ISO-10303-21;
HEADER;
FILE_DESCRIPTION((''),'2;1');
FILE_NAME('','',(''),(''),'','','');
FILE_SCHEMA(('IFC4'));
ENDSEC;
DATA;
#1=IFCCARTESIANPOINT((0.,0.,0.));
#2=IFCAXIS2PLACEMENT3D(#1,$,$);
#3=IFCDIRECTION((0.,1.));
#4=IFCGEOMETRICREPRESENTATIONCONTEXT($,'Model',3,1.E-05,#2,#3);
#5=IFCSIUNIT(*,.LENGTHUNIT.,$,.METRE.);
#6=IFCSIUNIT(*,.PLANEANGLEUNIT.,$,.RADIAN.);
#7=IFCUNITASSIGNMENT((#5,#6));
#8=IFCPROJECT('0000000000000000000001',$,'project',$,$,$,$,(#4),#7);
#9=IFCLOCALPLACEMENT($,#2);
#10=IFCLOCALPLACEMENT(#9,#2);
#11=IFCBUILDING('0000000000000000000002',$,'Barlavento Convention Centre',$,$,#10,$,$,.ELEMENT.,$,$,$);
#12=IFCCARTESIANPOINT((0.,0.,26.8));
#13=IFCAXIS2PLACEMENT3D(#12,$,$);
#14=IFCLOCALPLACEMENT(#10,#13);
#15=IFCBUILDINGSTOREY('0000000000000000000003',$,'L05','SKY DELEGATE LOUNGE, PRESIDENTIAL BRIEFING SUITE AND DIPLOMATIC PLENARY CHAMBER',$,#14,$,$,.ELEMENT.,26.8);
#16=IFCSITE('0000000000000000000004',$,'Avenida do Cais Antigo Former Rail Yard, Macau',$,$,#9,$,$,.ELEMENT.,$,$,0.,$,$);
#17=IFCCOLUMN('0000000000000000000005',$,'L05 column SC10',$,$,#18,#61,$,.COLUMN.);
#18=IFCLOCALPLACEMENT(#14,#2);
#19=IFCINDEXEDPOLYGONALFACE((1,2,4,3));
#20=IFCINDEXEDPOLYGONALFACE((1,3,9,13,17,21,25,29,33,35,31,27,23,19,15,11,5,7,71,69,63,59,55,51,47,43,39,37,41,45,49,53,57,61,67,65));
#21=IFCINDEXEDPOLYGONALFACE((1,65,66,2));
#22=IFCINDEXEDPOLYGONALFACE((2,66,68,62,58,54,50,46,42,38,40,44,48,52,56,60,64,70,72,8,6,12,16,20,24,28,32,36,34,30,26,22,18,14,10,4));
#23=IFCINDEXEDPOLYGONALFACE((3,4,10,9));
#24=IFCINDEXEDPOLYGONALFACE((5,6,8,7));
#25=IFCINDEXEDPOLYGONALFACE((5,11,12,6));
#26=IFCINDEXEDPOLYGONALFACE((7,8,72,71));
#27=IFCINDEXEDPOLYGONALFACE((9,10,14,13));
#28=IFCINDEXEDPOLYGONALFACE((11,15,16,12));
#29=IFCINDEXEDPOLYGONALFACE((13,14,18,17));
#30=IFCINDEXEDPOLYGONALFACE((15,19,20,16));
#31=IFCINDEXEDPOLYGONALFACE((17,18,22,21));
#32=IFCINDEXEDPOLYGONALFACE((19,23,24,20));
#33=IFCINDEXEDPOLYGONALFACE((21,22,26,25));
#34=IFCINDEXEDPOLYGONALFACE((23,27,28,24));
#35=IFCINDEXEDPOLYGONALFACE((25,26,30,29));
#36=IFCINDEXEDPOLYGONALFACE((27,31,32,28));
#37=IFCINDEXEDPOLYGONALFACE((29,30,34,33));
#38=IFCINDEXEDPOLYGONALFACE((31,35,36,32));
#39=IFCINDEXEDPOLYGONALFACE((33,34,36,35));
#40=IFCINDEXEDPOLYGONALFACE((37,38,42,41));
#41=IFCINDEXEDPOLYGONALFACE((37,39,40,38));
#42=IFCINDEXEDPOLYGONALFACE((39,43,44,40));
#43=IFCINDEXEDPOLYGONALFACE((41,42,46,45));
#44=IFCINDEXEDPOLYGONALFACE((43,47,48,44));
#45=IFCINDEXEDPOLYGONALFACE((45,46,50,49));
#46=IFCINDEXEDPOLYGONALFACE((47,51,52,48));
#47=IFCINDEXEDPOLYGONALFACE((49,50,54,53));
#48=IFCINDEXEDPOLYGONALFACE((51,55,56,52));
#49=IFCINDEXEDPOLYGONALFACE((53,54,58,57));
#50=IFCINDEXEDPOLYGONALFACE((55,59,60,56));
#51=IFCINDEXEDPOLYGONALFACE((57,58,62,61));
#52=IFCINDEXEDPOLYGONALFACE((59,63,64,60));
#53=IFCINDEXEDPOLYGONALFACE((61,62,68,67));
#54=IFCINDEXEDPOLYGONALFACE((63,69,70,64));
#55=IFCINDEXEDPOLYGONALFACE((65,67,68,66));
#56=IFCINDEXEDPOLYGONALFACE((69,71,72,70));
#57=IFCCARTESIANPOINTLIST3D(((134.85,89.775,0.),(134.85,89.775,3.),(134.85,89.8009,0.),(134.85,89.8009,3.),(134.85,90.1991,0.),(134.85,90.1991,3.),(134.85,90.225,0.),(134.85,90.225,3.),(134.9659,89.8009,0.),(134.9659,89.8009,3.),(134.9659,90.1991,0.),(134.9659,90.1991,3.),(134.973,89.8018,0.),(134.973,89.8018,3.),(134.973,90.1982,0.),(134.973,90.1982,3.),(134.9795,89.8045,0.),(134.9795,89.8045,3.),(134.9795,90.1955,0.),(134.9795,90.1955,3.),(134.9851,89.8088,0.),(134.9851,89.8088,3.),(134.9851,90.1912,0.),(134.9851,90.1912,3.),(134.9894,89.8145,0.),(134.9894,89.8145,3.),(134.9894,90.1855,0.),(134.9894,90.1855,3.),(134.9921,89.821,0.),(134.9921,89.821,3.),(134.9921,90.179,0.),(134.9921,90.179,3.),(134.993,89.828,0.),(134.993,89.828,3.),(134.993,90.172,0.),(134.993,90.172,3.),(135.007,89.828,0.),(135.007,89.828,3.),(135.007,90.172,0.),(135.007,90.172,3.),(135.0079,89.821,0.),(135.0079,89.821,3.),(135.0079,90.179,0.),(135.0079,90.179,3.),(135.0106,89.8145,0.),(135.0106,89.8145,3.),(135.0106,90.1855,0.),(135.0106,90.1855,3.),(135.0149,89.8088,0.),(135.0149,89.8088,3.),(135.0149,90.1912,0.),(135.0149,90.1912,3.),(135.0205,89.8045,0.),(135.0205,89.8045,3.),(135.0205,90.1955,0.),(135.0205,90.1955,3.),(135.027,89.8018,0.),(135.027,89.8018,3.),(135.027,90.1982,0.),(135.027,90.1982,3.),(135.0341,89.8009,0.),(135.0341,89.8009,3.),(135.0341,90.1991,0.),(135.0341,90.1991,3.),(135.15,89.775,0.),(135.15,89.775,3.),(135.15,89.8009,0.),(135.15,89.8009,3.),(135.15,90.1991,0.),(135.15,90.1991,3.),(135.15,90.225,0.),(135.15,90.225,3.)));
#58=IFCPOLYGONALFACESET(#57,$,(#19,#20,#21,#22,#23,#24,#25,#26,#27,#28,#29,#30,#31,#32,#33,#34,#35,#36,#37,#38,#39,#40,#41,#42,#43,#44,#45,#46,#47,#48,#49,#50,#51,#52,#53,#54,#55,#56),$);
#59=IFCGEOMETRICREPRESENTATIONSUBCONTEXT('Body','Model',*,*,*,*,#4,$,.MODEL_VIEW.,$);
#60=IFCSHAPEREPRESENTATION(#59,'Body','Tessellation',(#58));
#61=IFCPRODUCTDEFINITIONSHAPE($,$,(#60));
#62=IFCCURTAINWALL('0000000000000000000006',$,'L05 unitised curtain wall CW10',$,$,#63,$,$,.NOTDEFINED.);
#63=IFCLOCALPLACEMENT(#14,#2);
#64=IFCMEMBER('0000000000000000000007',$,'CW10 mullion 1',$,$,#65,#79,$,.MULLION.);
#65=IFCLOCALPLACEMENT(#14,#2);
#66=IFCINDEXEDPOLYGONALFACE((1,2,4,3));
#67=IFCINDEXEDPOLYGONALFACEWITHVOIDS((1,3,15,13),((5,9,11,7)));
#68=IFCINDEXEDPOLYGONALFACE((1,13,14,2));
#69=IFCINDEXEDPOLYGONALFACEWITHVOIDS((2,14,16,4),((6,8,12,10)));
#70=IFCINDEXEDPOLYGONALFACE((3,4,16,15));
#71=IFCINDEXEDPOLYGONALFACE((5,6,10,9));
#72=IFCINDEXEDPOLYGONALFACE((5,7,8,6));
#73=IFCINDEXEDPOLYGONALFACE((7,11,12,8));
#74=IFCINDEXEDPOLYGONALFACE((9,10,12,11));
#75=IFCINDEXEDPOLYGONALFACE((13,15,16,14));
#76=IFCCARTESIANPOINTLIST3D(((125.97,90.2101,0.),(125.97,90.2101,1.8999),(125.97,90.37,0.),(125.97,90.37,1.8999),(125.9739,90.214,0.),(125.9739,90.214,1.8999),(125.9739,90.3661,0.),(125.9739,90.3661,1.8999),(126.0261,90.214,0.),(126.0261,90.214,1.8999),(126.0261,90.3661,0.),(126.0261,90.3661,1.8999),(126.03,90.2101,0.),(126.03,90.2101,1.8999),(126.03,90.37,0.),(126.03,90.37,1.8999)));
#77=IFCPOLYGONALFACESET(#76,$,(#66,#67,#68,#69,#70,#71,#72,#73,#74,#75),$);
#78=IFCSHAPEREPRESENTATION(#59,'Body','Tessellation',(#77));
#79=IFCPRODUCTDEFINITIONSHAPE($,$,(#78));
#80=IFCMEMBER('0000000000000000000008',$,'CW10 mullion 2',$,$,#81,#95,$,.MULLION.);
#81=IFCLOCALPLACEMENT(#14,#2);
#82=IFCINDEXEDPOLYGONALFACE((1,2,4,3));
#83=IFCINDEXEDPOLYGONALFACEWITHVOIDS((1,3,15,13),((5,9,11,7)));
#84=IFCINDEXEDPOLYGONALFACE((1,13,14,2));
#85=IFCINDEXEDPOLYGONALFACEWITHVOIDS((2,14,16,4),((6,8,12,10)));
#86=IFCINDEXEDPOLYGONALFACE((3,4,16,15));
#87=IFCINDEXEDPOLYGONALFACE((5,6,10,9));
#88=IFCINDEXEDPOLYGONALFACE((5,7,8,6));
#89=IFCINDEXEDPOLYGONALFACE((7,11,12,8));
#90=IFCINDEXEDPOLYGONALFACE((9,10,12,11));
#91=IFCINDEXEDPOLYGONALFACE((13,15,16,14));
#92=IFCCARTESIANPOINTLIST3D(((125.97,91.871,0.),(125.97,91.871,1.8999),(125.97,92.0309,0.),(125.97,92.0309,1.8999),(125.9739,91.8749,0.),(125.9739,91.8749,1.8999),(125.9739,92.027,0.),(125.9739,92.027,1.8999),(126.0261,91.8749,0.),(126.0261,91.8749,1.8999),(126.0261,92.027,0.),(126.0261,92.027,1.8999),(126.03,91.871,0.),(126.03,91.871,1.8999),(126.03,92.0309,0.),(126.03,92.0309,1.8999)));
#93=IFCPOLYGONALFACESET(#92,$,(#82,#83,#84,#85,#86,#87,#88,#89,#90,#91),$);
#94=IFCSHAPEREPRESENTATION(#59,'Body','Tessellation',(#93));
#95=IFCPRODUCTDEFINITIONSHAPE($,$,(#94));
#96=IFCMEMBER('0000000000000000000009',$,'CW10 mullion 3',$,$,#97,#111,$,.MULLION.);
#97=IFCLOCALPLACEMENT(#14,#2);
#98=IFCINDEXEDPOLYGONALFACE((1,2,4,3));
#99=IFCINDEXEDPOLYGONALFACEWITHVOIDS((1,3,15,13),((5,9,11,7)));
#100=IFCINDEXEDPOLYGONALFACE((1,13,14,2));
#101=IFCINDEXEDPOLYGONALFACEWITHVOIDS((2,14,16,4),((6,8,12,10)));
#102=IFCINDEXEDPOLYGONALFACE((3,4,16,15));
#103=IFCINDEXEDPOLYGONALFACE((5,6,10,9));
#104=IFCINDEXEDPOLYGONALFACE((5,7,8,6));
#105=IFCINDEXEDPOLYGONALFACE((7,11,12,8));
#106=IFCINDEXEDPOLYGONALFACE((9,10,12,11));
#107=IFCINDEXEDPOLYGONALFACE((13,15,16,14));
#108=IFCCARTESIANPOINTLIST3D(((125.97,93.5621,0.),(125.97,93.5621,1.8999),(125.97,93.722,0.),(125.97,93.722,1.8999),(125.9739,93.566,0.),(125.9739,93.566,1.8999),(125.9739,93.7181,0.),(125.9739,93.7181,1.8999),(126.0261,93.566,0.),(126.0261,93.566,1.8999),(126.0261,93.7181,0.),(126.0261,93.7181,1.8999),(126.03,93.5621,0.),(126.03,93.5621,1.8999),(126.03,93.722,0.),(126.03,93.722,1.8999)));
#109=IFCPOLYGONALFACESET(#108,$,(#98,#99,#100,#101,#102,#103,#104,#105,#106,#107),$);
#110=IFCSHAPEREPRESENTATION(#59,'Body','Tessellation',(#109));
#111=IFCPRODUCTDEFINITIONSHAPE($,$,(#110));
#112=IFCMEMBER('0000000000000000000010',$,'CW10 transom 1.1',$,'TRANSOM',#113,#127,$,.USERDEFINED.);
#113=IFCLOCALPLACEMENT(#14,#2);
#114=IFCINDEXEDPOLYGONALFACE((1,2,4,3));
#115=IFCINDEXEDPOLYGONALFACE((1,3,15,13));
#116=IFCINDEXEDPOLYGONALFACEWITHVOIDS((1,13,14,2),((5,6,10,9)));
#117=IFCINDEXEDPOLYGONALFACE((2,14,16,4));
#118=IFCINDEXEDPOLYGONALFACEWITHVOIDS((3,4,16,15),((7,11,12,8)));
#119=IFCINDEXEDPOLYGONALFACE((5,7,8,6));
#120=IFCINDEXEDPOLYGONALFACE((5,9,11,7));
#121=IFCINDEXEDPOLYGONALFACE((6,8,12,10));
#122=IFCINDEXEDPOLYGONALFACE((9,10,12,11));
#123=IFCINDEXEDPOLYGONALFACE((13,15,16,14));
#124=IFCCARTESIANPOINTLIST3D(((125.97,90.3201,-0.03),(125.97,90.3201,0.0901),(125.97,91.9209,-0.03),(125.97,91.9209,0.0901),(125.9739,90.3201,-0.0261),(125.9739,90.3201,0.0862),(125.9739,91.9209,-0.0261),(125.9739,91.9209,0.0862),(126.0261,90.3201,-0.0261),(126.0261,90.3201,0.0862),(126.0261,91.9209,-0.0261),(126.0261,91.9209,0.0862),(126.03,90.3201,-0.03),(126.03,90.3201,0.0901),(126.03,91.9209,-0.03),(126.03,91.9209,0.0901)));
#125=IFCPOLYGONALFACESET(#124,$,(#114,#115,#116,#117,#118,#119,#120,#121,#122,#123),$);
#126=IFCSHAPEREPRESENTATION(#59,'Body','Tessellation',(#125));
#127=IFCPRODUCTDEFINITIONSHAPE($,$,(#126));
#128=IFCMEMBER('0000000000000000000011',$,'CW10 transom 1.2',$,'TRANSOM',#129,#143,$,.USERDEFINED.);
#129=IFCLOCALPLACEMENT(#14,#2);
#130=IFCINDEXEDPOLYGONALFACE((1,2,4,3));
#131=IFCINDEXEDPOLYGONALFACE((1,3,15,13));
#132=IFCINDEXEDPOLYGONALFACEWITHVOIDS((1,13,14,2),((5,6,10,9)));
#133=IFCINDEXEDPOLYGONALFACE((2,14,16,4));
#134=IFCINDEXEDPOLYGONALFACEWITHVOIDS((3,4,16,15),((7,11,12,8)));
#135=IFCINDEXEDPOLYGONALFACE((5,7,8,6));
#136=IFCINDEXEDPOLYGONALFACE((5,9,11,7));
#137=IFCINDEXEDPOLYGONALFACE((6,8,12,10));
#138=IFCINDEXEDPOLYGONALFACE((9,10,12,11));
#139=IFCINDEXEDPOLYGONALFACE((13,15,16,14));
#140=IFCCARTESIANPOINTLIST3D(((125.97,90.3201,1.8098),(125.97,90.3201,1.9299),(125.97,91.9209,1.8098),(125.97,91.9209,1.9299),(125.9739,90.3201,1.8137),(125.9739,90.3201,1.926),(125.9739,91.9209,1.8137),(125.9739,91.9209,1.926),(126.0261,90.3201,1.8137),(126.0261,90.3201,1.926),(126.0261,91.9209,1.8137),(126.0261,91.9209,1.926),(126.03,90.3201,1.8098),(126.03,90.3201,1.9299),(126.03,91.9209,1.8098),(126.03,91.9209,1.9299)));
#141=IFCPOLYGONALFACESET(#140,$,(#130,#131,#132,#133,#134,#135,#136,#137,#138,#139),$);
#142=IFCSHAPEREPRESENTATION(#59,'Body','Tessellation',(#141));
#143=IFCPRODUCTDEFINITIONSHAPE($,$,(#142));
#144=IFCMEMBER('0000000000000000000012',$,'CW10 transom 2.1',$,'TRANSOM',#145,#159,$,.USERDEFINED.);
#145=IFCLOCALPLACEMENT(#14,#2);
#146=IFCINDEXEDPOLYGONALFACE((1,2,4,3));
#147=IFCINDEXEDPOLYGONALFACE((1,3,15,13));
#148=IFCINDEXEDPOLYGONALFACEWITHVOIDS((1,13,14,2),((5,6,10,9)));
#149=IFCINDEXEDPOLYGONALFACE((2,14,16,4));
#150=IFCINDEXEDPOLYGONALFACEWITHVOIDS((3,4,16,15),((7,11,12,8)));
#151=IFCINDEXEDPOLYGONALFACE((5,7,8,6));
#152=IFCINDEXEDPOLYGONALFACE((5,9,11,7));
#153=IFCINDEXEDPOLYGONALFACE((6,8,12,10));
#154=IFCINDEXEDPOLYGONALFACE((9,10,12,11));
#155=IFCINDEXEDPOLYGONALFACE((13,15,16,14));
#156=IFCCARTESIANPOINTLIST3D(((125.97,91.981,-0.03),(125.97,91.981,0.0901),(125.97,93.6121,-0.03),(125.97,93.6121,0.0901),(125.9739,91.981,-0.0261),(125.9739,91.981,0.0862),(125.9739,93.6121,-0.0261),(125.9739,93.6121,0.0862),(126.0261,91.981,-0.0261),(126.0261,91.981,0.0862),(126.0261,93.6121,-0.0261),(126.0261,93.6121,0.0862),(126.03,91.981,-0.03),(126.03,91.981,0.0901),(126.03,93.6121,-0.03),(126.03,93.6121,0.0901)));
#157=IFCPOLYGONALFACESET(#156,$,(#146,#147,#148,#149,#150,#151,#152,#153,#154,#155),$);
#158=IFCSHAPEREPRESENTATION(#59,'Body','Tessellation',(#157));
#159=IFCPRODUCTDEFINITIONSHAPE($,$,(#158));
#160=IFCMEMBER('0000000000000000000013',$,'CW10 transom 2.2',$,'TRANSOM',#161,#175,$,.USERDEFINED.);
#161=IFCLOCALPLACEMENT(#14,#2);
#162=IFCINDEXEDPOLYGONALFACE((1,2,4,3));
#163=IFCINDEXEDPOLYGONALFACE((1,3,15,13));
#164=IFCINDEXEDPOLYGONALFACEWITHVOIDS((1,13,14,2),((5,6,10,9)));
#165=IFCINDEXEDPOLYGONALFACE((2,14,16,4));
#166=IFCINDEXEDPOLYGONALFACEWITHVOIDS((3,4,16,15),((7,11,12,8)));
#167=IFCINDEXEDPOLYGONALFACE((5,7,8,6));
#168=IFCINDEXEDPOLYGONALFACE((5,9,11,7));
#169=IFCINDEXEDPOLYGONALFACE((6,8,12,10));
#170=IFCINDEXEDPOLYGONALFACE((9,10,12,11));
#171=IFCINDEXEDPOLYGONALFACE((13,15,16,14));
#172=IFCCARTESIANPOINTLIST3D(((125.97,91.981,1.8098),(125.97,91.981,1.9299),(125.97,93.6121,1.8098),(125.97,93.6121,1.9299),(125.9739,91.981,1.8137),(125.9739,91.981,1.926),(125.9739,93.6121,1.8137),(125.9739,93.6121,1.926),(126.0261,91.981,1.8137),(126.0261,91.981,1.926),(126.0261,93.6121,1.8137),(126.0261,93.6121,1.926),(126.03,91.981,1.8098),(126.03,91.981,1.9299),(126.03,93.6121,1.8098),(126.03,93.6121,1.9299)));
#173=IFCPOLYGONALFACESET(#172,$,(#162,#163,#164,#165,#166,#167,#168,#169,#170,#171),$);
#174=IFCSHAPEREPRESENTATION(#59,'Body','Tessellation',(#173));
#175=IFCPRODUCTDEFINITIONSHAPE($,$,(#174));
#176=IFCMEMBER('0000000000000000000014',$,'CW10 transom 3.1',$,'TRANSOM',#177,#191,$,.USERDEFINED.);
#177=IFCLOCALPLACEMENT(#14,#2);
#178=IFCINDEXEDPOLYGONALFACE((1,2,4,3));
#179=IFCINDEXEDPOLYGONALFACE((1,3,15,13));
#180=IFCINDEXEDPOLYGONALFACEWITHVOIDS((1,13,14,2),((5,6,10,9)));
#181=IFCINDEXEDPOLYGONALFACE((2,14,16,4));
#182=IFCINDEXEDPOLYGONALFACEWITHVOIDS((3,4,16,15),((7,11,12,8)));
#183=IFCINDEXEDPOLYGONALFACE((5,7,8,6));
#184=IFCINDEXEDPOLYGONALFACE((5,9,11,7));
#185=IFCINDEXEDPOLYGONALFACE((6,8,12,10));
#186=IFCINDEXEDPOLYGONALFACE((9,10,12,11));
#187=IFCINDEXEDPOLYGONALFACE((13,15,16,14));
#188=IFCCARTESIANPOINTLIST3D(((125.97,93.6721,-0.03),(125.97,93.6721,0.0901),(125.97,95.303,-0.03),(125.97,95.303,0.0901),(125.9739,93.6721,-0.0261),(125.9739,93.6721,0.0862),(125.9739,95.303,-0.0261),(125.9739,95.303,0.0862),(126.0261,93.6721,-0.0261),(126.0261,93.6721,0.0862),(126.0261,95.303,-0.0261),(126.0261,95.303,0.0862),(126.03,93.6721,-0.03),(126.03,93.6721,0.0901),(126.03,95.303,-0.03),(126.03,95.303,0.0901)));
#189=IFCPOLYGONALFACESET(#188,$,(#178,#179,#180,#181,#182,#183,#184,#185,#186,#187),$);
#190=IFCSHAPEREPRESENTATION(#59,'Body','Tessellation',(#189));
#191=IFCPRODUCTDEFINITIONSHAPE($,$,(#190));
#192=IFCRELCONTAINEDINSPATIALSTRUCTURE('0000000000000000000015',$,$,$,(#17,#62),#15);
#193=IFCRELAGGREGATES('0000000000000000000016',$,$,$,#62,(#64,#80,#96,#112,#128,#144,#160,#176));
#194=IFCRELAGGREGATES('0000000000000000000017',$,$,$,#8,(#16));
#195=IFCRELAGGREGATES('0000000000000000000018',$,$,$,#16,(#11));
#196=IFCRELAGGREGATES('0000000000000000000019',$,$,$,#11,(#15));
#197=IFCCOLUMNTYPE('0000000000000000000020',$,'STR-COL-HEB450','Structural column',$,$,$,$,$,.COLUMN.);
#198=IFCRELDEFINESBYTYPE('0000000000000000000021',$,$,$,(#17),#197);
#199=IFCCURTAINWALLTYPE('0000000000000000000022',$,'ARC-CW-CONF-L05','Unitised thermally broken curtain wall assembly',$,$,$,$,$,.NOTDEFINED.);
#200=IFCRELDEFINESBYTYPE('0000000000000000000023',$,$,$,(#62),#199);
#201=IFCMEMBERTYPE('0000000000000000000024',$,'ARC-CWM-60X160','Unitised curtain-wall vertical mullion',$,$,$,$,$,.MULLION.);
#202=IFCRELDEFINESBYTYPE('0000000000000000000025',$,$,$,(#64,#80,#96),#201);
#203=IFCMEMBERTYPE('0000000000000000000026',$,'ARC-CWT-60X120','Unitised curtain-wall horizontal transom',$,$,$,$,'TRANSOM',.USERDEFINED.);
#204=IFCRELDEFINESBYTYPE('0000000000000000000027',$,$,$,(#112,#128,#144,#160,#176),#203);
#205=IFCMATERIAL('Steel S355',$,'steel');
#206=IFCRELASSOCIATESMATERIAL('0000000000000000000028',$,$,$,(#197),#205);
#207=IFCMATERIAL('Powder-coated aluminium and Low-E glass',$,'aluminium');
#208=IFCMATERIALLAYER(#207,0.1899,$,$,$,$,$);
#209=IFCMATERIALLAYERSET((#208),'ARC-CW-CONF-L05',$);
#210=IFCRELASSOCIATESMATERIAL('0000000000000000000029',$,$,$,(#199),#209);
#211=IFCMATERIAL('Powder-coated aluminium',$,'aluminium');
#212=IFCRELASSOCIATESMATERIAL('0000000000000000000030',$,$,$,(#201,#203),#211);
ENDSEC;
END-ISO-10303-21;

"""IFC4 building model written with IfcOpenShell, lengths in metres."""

from ifc_helpers import new_model, si_unit, direction, frame, origin, origin_2d, place, context, subcontext, project, spatial, hollow_rectangle, i_section, extrude, material, layer, layer_set, material_profile, profile_set, type_object, element, aggregate, save


model = new_model("IFC4")

# Units and contexts
model_context = context("Model", 3, precision=1e-05, world=origin(), true_north=direction((0.0, 1.0)))
body_context = subcontext(model_context, "Body", "Model", "MODEL_VIEW")
ifc_project = project(units=[si_unit("LENGTHUNIT", "METRE"), si_unit("PLANEANGLEUNIT", "RADIAN")], contexts=[model_context])

# Site, building, storey
site_placement = place(None, origin())
site = spatial("IfcSite", under=ifc_project, at=site_placement, Name="Avenida do Cais Antigo Former Rail Yard, Macau", CompositionType="ELEMENT", RefElevation=0.0)
building_placement = place(site_placement, origin())
building = spatial("IfcBuilding", under=site, at=building_placement, Name="Barlavento Convention Centre", CompositionType="ELEMENT")
storey_placement = place(building_placement, frame((0.0, 0.0, 26.8)))
storey = spatial("IfcBuildingStorey", under=building, at=storey_placement, Name="L05", Description="SKY DELEGATE LOUNGE, PRESIDENTIAL BRIEFING SUITE AND DIPLOMATIC PLENARY CHAMBER", CompositionType="ELEMENT", Elevation=26.8)

# Column
ifc_material_1 = material(Name="Steel S355", Category="steel")
ifc_material_profile_1 = material_profile(ifc_material_1, i_section(OverallWidth=0.3, OverallDepth=0.45, WebThickness=0.0139, FlangeThickness=0.0259, FilletRadius=0.0271, at=origin_2d()), Name="HEB 450")
ifc_profile_set_1 = profile_set([ifc_material_profile_1], Name="Steel S355")
column_type = type_object("IfcColumnType", Name="STR-COL-HEB450", Description="Structural column", PredefinedType="COLUMN", material=ifc_profile_set_1)
column_placement = place(storey_placement, frame((135.0, 90.0, 0.0), z_axis=(0.0, 0.0, 1.0), x_axis=(1.0, 0.0, 0.0)))
element("IfcColumn", 1, at=column_placement, inside=storey, type_object=column_type, Name="L05 column SC10", PredefinedType="COLUMN", context=body_context, shape_type="SweptSolid", body=[
    extrude(i_section(OverallWidth=0.3, OverallDepth=0.45, WebThickness=0.0139, FlangeThickness=0.0259, FilletRadius=0.0271, at=origin_2d()), origin(), (0.0, 0.0, 1.0), 3.0),
])

# Curtain wall, members
ifc_material_2 = material(Name="Powder-coated aluminium and Low-E glass", Category="aluminium")
ifc_layer_1 = layer(ifc_material_2, 0.1899)
ifc_layer_set_1 = layer_set([ifc_layer_1], Name="ARC-CW-CONF-L05")
curtain_wall_type = type_object("IfcCurtainWallType", Name="ARC-CW-CONF-L05", Description="Unitised thermally broken curtain wall assembly", PredefinedType="NOTDEFINED", material=ifc_layer_set_1)
curtain_wall_placement = place(storey_placement, origin())
curtain_wall = element("IfcCurtainWall", 2, at=curtain_wall_placement, inside=storey, type_object=curtain_wall_type, Name="L05 unitised curtain wall CW10", PredefinedType="NOTDEFINED")
ifc_material_3 = material(Name="Powder-coated aluminium", Category="aluminium")
ifc_material_profile_2 = material_profile(ifc_material_3, hollow_rectangle(XDim=0.0601, YDim=0.1599, WallThickness=0.0039, at=origin_2d()), Name="AL-MULL 60x160x4")
ifc_profile_set_2 = profile_set([ifc_material_profile_2], Name="Powder-coated aluminium")
member_type_1 = type_object("IfcMemberType", Name="ARC-CWM-60X160", Description="Unitised curtain-wall vertical mullion", PredefinedType="MULLION", material=ifc_profile_set_2)
member_1_placement = place(storey_placement, frame((126.0, 90.29, 0.0), z_axis=(0.0, 0.0, 1.0), x_axis=(-1.0, 0.0, 0.0)))
member_1 = element("IfcMember", 3, at=member_1_placement, type_object=member_type_1, Name="CW10 mullion 1", PredefinedType="MULLION", context=body_context, shape_type="SweptSolid", body=[
    extrude(hollow_rectangle(XDim=0.0601, YDim=0.1599, WallThickness=0.0039, at=origin_2d()), origin(), (0.0, 0.0, 1.0), 1.8999),
])
member_2_placement = place(storey_placement, frame((126.0, 91.9509, 0.0), z_axis=(0.0, 0.0, 1.0), x_axis=(-1.0, 0.0, 0.0)))
member_2 = element("IfcMember", 4, at=member_2_placement, type_object=member_type_1, Name="CW10 mullion 2", PredefinedType="MULLION", context=body_context, shape_type="SweptSolid", body=[
    extrude(hollow_rectangle(XDim=0.0601, YDim=0.1599, WallThickness=0.0039, at=origin_2d()), origin(), (0.0, 0.0, 1.0), 1.8999),
])
member_3_placement = place(storey_placement, frame((126.0, 93.6421, 0.0), z_axis=(0.0, 0.0, 1.0), x_axis=(-1.0, 0.0, 0.0)))
member_3 = element("IfcMember", 5, at=member_3_placement, type_object=member_type_1, Name="CW10 mullion 3", PredefinedType="MULLION", context=body_context, shape_type="SweptSolid", body=[
    extrude(hollow_rectangle(XDim=0.0601, YDim=0.1599, WallThickness=0.0039, at=origin_2d()), origin(), (0.0, 0.0, 1.0), 1.8999),
])
ifc_material_profile_3 = material_profile(ifc_material_3, hollow_rectangle(XDim=0.0601, YDim=0.1201, WallThickness=0.0039, at=origin_2d()), Name="AL-TRAN 60x120x4")
ifc_profile_set_3 = profile_set([ifc_material_profile_3], Name="Powder-coated aluminium")
member_type_2 = type_object("IfcMemberType", Name="ARC-CWT-60X120", Description="Unitised curtain-wall horizontal transom", ElementType="TRANSOM", PredefinedType="USERDEFINED", material=ifc_profile_set_3)
member_4_placement = place(storey_placement, frame((126.0, 90.3201, 0.03), z_axis=(0.0, 1.0, 0.0), x_axis=(-1.0, 0.0, 0.0)))
member_4 = element("IfcMember", 6, at=member_4_placement, type_object=member_type_2, Name="CW10 transom 1.1", ObjectType="TRANSOM", PredefinedType="USERDEFINED", context=body_context, shape_type="SweptSolid", body=[
    extrude(hollow_rectangle(XDim=0.0601, YDim=0.1201, WallThickness=0.0039, at=origin_2d()), origin(), (0.0, 0.0, 1.0), 1.6008),
])
member_5_placement = place(storey_placement, frame((126.0, 90.3201, 1.8699), z_axis=(0.0, 1.0, 0.0), x_axis=(-1.0, 0.0, 0.0)))
member_5 = element("IfcMember", 7, at=member_5_placement, type_object=member_type_2, Name="CW10 transom 1.2", ObjectType="TRANSOM", PredefinedType="USERDEFINED", context=body_context, shape_type="SweptSolid", body=[
    extrude(hollow_rectangle(XDim=0.0601, YDim=0.1201, WallThickness=0.0039, at=origin_2d()), origin(), (0.0, 0.0, 1.0), 1.6008),
])
member_6_placement = place(storey_placement, frame((126.0, 91.981, 0.03), z_axis=(0.0, 1.0, 0.0), x_axis=(-1.0, 0.0, 0.0)))
member_6 = element("IfcMember", 8, at=member_6_placement, type_object=member_type_2, Name="CW10 transom 2.1", ObjectType="TRANSOM", PredefinedType="USERDEFINED", context=body_context, shape_type="SweptSolid", body=[
    extrude(hollow_rectangle(XDim=0.0601, YDim=0.1201, WallThickness=0.0039, at=origin_2d()), origin(), (0.0, 0.0, 1.0), 1.6311),
])
member_7_placement = place(storey_placement, frame((126.0, 91.981, 1.8699), z_axis=(0.0, 1.0, 0.0), x_axis=(-1.0, 0.0, 0.0)))
member_7 = element("IfcMember", 9, at=member_7_placement, type_object=member_type_2, Name="CW10 transom 2.2", ObjectType="TRANSOM", PredefinedType="USERDEFINED", context=body_context, shape_type="SweptSolid", body=[
    extrude(hollow_rectangle(XDim=0.0601, YDim=0.1201, WallThickness=0.0039, at=origin_2d()), origin(), (0.0, 0.0, 1.0), 1.6311),
])
member_8_placement = place(storey_placement, frame((126.0, 93.6721, 0.03), z_axis=(0.0, 1.0, 0.0), x_axis=(-1.0, 0.0, 0.0)))
member_8 = element("IfcMember", 10, at=member_8_placement, type_object=member_type_2, Name="CW10 transom 3.1", ObjectType="TRANSOM", PredefinedType="USERDEFINED", context=body_context, shape_type="SweptSolid", body=[
    extrude(hollow_rectangle(XDim=0.0601, YDim=0.1201, WallThickness=0.0039, at=origin_2d()), origin(), (0.0, 0.0, 1.0), 1.6309),
])

aggregate(curtain_wall, [member_1, member_2, member_3, member_4, member_5, member_6, member_7, member_8])

save(model, "model.ifc")
